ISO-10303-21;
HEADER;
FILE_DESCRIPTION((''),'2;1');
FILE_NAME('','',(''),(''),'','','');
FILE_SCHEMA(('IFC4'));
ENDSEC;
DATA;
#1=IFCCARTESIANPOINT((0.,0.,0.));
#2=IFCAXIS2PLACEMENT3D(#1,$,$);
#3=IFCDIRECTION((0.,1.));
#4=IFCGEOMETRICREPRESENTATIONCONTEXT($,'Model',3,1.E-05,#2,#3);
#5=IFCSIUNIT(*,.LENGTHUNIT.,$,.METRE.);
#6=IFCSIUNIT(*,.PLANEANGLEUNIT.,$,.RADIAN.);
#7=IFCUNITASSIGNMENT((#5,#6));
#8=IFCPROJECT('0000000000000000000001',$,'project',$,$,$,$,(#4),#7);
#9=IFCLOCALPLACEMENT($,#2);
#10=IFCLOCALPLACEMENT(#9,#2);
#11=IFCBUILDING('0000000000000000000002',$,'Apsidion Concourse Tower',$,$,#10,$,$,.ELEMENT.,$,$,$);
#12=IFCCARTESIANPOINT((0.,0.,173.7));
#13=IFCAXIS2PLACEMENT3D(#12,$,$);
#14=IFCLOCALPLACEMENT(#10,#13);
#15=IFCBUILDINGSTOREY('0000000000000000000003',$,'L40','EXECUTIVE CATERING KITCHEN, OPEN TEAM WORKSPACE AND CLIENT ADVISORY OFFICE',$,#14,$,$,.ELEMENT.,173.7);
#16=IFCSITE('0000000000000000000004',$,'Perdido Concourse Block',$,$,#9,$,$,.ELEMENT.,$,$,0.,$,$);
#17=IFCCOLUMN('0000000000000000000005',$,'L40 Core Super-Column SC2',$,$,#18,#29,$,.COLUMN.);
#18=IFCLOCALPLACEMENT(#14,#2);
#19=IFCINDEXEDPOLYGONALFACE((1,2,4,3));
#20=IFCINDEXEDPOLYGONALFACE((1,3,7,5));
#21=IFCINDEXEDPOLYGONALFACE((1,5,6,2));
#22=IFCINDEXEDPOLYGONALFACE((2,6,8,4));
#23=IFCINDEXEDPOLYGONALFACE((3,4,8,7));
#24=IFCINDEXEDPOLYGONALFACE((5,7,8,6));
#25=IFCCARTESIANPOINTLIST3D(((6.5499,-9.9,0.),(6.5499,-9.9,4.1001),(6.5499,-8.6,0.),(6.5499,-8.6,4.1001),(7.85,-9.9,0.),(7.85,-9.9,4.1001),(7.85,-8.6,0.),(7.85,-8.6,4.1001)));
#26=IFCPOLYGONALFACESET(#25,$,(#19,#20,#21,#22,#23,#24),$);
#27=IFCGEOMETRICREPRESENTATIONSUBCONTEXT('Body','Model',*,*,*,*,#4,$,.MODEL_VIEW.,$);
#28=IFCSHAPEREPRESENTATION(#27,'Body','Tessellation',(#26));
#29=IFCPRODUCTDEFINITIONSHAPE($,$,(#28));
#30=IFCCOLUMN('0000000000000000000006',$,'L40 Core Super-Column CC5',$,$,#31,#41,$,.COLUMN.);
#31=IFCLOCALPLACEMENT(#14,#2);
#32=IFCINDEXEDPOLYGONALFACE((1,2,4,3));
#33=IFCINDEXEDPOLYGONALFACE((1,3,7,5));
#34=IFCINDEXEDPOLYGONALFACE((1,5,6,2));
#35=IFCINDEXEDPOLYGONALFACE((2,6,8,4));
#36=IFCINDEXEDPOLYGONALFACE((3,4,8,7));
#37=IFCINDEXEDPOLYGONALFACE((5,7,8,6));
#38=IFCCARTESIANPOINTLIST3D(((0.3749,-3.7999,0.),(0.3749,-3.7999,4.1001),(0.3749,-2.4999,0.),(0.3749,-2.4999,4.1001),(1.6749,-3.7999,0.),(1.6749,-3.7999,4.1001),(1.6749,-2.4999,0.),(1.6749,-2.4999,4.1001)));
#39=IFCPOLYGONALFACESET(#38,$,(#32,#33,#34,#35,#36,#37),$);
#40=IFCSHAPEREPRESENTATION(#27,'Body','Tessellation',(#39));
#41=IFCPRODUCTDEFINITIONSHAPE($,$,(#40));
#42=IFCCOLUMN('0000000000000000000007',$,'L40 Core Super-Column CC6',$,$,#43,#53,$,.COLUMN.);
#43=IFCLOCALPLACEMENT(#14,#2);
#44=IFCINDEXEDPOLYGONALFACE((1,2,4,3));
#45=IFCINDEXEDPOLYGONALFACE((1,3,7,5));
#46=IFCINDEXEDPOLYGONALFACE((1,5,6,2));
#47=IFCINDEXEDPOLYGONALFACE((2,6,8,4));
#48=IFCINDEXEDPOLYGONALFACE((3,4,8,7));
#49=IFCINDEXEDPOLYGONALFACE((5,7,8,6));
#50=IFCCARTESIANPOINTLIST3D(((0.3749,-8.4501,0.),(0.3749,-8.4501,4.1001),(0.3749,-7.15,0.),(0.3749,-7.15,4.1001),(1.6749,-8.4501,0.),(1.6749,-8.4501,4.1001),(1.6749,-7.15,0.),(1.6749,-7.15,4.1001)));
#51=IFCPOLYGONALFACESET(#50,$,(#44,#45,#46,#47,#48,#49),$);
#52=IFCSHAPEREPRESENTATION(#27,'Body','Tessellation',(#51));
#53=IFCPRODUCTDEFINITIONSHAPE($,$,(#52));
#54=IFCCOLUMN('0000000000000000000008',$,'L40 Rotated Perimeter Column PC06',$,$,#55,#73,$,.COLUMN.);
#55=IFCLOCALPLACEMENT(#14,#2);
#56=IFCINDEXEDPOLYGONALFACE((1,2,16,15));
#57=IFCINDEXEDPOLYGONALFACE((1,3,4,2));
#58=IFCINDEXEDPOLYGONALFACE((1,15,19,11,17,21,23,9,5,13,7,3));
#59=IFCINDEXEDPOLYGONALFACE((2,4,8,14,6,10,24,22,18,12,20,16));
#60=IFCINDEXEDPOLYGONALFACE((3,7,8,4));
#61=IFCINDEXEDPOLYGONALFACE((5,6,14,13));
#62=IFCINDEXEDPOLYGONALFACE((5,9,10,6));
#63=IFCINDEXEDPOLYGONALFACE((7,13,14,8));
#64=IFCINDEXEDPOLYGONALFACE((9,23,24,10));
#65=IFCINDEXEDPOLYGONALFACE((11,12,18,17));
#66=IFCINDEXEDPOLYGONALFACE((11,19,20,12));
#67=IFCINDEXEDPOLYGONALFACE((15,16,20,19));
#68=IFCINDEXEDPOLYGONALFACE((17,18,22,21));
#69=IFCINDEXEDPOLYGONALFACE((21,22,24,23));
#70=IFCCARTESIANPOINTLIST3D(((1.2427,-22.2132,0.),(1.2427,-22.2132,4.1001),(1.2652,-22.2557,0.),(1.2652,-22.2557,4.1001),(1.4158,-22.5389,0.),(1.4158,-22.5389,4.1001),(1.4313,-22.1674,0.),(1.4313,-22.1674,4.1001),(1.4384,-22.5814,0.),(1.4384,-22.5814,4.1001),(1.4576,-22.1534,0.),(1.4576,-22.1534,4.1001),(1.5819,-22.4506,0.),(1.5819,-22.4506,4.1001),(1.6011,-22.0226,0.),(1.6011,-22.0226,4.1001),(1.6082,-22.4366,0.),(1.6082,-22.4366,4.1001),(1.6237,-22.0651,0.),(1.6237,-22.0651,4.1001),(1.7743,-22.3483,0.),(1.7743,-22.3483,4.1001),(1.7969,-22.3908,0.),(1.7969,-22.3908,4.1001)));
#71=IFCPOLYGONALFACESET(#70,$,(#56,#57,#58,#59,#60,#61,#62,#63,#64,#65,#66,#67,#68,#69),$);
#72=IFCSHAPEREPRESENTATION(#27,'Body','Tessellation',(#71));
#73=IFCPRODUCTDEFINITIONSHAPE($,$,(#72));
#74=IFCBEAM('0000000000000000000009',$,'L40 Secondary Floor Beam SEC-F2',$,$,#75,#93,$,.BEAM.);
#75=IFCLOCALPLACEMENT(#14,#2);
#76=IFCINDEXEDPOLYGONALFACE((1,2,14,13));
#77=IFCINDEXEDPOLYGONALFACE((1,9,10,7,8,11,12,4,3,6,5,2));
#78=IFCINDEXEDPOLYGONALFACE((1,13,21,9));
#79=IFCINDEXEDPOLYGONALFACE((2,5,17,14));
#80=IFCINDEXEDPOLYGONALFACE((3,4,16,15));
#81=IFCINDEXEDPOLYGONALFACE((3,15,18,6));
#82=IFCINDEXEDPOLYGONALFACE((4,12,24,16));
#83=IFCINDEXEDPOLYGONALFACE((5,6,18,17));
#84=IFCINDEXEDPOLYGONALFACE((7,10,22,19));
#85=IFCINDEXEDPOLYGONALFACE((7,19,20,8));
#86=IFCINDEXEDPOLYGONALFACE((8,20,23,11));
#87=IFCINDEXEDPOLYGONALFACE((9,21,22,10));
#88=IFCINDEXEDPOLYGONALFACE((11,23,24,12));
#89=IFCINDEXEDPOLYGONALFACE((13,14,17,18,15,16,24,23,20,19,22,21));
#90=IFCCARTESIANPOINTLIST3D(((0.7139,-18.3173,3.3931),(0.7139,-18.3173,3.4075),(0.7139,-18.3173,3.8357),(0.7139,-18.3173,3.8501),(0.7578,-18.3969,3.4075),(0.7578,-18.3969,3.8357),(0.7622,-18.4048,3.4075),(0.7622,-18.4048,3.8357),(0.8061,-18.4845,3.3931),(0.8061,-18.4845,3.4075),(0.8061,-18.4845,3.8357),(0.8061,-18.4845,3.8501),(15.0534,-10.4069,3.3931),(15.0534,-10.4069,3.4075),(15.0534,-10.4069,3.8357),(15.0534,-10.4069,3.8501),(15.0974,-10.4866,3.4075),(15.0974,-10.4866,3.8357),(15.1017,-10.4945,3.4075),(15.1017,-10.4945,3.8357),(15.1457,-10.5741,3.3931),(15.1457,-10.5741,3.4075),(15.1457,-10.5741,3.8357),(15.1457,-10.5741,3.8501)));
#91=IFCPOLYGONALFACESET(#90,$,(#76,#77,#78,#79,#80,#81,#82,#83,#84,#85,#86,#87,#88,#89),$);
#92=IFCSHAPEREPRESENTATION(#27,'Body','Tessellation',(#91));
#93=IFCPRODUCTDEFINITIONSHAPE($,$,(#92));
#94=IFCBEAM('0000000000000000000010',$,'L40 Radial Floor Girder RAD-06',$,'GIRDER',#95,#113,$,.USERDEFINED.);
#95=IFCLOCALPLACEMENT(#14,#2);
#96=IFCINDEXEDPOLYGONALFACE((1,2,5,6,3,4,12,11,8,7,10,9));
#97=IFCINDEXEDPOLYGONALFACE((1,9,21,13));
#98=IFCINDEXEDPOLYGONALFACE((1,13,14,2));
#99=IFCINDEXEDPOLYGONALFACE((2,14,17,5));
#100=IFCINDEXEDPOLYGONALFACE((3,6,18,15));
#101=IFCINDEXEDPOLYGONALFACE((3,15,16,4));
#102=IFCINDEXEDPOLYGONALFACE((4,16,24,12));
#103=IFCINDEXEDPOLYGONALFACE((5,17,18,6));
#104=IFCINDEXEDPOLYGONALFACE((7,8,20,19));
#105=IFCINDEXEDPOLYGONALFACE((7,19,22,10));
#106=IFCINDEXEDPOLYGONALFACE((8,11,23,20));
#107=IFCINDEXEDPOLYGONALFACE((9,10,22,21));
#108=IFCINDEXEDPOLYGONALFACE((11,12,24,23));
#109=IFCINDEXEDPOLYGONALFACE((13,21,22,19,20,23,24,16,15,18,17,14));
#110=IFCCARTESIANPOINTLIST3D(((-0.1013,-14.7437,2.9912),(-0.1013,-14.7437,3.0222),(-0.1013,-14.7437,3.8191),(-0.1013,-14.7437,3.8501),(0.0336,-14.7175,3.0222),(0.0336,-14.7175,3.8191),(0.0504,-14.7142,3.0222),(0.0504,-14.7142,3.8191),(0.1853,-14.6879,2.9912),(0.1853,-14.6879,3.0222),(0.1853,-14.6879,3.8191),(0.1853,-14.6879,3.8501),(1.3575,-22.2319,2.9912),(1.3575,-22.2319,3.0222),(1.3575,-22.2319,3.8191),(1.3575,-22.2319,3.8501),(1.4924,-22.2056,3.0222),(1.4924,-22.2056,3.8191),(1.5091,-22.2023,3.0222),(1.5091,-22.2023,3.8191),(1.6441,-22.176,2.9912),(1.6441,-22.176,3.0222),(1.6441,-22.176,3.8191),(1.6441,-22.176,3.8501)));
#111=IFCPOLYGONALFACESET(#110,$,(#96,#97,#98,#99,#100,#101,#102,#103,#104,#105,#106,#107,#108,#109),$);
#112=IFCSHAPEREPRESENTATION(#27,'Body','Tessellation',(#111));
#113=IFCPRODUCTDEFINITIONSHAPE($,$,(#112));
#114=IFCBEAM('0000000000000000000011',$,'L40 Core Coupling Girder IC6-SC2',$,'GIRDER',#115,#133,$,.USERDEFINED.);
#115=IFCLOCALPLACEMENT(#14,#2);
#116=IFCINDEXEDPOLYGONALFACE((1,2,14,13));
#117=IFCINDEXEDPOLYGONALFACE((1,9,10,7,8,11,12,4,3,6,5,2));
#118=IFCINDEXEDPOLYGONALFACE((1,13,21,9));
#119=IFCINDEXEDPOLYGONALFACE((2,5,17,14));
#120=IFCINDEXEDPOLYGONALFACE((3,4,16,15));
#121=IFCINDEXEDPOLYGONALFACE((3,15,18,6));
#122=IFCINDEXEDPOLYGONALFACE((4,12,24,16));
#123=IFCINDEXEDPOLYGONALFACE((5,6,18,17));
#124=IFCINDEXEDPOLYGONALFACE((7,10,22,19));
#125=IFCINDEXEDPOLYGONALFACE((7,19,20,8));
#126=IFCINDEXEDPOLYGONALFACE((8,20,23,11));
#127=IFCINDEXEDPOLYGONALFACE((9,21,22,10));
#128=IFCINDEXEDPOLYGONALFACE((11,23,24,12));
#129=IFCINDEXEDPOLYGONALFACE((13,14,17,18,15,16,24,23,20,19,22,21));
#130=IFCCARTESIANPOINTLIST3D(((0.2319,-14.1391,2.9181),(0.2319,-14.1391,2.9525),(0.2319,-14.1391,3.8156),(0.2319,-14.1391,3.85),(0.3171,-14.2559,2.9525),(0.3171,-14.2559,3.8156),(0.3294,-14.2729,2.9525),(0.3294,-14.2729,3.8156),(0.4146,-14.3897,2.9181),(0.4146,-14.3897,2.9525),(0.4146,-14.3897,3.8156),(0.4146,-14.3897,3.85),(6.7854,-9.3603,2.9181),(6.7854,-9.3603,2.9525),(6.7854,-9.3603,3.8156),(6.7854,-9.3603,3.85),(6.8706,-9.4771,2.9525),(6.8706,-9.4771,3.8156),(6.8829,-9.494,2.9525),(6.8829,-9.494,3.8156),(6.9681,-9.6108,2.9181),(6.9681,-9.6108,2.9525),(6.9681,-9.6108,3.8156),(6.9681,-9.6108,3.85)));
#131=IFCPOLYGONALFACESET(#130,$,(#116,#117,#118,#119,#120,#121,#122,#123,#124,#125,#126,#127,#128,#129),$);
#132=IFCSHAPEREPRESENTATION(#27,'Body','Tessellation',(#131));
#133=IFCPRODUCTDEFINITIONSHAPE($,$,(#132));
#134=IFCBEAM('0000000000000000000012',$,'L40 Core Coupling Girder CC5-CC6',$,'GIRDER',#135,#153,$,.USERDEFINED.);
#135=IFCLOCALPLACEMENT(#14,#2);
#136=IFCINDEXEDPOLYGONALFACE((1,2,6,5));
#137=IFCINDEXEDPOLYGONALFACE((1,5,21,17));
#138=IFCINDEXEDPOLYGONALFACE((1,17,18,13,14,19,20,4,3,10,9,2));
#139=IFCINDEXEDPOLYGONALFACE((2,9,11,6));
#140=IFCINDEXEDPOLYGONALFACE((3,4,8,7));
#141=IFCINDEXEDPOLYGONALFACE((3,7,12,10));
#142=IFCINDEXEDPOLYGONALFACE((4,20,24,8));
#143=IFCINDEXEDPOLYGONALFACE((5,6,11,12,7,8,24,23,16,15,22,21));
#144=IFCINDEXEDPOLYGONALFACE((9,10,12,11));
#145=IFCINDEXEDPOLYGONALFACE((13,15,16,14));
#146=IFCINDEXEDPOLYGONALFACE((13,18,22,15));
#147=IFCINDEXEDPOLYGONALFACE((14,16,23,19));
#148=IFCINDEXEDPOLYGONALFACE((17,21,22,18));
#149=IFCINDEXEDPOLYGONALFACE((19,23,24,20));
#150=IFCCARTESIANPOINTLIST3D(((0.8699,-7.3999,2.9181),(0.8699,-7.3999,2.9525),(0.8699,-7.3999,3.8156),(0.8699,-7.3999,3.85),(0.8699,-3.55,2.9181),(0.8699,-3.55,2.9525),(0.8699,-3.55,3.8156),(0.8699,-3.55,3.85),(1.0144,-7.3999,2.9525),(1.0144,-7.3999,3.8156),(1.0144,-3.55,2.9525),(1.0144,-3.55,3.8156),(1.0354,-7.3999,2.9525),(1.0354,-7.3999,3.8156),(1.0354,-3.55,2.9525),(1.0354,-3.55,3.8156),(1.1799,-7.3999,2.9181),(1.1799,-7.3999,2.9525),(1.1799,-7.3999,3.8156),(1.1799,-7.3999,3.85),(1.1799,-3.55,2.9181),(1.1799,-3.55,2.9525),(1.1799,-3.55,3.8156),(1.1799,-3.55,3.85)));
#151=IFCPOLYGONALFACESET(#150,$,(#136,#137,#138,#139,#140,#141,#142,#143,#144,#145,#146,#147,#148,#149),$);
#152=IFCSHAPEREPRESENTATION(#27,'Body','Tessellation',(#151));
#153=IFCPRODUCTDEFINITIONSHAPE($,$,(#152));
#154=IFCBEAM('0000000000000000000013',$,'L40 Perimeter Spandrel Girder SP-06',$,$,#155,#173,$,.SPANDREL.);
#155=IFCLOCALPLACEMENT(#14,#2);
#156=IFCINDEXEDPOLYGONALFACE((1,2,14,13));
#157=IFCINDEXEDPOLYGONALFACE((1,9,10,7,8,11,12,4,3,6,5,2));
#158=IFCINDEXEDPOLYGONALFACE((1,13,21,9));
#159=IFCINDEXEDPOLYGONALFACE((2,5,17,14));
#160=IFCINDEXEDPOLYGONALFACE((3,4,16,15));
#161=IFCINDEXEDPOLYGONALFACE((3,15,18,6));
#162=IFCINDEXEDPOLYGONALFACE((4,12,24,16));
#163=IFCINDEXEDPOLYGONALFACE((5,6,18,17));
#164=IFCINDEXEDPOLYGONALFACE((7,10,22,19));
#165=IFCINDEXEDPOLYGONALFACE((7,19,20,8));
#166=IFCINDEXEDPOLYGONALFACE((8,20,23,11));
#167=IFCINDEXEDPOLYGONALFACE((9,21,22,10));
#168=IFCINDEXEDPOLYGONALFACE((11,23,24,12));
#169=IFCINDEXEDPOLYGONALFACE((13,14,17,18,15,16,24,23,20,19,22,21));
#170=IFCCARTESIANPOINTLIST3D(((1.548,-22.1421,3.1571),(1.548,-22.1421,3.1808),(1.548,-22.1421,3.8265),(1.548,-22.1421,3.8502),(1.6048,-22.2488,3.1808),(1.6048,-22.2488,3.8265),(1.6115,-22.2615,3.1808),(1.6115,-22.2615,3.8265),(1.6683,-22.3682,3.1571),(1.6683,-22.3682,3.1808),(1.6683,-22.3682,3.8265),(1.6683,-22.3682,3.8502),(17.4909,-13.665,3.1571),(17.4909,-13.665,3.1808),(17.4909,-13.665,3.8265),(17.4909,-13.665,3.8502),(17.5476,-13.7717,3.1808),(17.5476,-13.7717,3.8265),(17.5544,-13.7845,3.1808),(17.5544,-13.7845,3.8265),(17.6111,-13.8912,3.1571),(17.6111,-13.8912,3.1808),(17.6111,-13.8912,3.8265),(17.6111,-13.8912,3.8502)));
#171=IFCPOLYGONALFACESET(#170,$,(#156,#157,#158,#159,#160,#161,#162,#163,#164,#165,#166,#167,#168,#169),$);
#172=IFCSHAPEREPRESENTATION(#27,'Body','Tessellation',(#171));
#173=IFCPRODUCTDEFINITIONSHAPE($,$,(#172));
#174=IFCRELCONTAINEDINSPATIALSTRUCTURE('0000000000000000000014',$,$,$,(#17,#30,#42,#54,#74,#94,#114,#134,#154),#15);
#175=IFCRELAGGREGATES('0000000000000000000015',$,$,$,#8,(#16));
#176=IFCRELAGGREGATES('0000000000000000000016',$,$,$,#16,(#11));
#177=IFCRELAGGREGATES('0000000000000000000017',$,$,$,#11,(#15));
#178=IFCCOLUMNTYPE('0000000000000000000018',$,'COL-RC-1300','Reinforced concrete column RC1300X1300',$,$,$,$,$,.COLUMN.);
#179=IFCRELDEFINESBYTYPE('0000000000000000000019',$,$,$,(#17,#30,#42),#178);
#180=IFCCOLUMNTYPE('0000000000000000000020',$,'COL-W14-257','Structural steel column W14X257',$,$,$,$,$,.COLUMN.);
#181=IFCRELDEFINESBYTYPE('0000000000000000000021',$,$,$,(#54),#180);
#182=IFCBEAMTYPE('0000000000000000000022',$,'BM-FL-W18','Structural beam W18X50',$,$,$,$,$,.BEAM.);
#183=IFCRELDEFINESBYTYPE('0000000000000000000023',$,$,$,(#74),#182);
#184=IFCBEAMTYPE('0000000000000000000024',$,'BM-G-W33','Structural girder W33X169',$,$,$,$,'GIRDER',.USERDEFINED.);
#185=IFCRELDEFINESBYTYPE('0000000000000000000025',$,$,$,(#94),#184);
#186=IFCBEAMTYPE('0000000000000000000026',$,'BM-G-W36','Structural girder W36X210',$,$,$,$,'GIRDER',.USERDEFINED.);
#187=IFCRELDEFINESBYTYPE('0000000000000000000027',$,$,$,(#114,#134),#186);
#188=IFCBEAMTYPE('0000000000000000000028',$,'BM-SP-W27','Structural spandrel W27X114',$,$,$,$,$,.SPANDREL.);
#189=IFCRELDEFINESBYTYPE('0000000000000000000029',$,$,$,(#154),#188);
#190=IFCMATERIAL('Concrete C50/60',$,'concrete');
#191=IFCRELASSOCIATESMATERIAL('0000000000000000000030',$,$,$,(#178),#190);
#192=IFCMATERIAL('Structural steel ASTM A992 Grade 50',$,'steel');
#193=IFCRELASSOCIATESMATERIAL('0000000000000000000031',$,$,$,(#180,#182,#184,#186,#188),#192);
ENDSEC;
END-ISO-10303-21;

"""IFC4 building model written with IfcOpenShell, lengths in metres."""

from ifc_helpers import new_model, si_unit, direction, frame, origin, origin_2d, place, context, subcontext, project, spatial, rectangle, i_section, extrude, material, material_profile, profile_set, type_object, element, save


model = new_model("IFC4")

# Units and contexts
model_context = context("Model", 3, precision=1e-05, world=origin(), true_north=direction((0.0, 1.0)))
body_context = subcontext(model_context, "Body", "Model", "MODEL_VIEW")
ifc_project = project(units=[si_unit("LENGTHUNIT", "METRE"), si_unit("PLANEANGLEUNIT", "RADIAN")], contexts=[model_context])

# Site, building, storey
site_placement = place(None, origin())
site = spatial("IfcSite", under=ifc_project, at=site_placement, Name="Perdido Concourse Block", CompositionType="ELEMENT", RefElevation=0.0)
building_placement = place(site_placement, origin())
building = spatial("IfcBuilding", under=site, at=building_placement, Name="Apsidion Concourse Tower", CompositionType="ELEMENT")
storey_placement = place(building_placement, frame((0.0, 0.0, 173.7)))
storey = spatial("IfcBuildingStorey", under=building, at=storey_placement, Name="L40", Description="EXECUTIVE CATERING KITCHEN, OPEN TEAM WORKSPACE AND CLIENT ADVISORY OFFICE", CompositionType="ELEMENT", Elevation=173.7)

# Columns
ifc_material_1 = material(Name="Concrete C50/60", Category="concrete")
ifc_material_profile_1 = material_profile(ifc_material_1, rectangle(XDim=1.3, YDim=1.3, at=origin_2d()), Name="RC 1300x1300")
ifc_profile_set_1 = profile_set([ifc_material_profile_1], Name="Concrete C50/60")
column_type_1 = type_object("IfcColumnType", Name="COL-RC-1300", Description="Reinforced concrete column RC1300X1300", PredefinedType="COLUMN", material=ifc_profile_set_1)
for number, where, z_axis, x_axis, name in (
    (1, (7.2, -9.25, 0.0), (0.0, 0.0, 1.0), (1.0, 0.0, 0.0), "L40 Core Super-Column SC2"),
    (2, (1.0249, -3.1499, 0.0), (0.0, 0.0, 1.0), (1.0, 0.0, 0.0), "L40 Core Super-Column CC5"),
    (3, (1.0249, -7.8, 0.0), (0.0, 0.0, 1.0), (1.0, 0.0, 0.0), "L40 Core Super-Column CC6"),
):
    element("IfcColumn", number, at=place(storey_placement, frame(where, z_axis=z_axis, x_axis=x_axis)), inside=storey, type_object=column_type_1, Name=name, PredefinedType="COLUMN", context=body_context, shape_type="SweptSolid", body=[
        extrude(rectangle(XDim=1.3, YDim=1.3, at=origin_2d()), origin(), (0.0, 0.0, 1.0), 4.1001),
    ])
ifc_material_2 = material(Name="Structural steel ASTM A992 Grade 50", Category="steel")
ifc_material_profile_2 = material_profile(ifc_material_2, i_section(OverallWidth=0.406, OverallDepth=0.417, WebThickness=0.0298, FlangeThickness=0.0481, at=origin_2d()), Name="W14X257")
ifc_profile_set_2 = profile_set([ifc_material_profile_2], Name="Structural steel ASTM A992 Grade 50")
column_type_2 = type_object("IfcColumnType", Name="COL-W14-257", Description="Structural steel column W14X257", PredefinedType="COLUMN", material=ifc_profile_set_2)
column_placement = place(storey_placement, frame((1.5198, -22.302, 0.0), z_axis=(0.0, 0.0, 1.0), x_axis=(0.882948, 0.469472, 0.0)))
element("IfcColumn", 4, at=column_placement, inside=storey, type_object=column_type_2, Name="L40 Rotated Perimeter Column PC06", PredefinedType="COLUMN", context=body_context, shape_type="SweptSolid", body=[
    extrude(i_section(OverallWidth=0.406, OverallDepth=0.417, WebThickness=0.0298, FlangeThickness=0.0481, at=origin_2d()), origin(), (0.0, 0.0, 1.0), 4.1001),
])

# Beams
ifc_material_profile_3 = material_profile(ifc_material_2, i_section(OverallWidth=0.1909, OverallDepth=0.457, WebThickness=0.009, FlangeThickness=0.0144, at=origin_2d()), Name="W18X50")
ifc_profile_set_3 = profile_set([ifc_material_profile_3], Name="Structural steel ASTM A992 Grade 50")
beam_type_1 = type_object("IfcBeamType", Name="BM-FL-W18", Description="Structural beam W18X50", PredefinedType="BEAM", material=ifc_profile_set_3)
beam_1_placement = place(storey_placement, frame((0.76, -18.4009, 3.6216), z_axis=(0.875606, 0.483026, 0.0), x_axis=(-0.483026, 0.875606, 0.0)))
element("IfcBeam", 5, at=beam_1_placement, inside=storey, type_object=beam_type_1, Name="L40 Secondary Floor Beam SEC-F2", PredefinedType="BEAM", context=body_context, shape_type="SweptSolid", body=[
    extrude(i_section(OverallWidth=0.1909, OverallDepth=0.457, WebThickness=0.009, FlangeThickness=0.0144, at=origin_2d()), origin(), (0.0, 0.0, 1.0), 16.3767),
])
ifc_material_profile_4 = material_profile(ifc_material_2, i_section(OverallWidth=0.292, OverallDepth=0.8589, WebThickness=0.0171, FlangeThickness=0.031, at=origin_2d()), Name="W33X169")
ifc_profile_set_4 = profile_set([ifc_material_profile_4], Name="Structural steel ASTM A992 Grade 50")
beam_type_2 = type_object("IfcBeamType", Name="BM-G-W33", Description="Structural girder W33X169", ElementType="GIRDER", PredefinedType="USERDEFINED", material=ifc_profile_set_4)
beam_2_placement = place(storey_placement, frame((0.042, -14.7158, 3.4207), z_axis=(0.191215, -0.981548, 0.0), x_axis=(0.981548, 0.191215, 0.0)))
element("IfcBeam", 6, at=beam_2_placement, inside=storey, type_object=beam_type_2, Name="L40 Radial Floor Girder RAD-06", ObjectType="GIRDER", PredefinedType="USERDEFINED", context=body_context, shape_type="SweptSolid", body=[
    extrude(i_section(OverallWidth=0.292, OverallDepth=0.8589, WebThickness=0.0171, FlangeThickness=0.031, at=origin_2d()), origin(), (0.0, 0.0, 1.0), 7.6289),
])
ifc_material_profile_5 = material_profile(ifc_material_2, i_section(OverallWidth=0.3101, OverallDepth=0.9319, WebThickness=0.021, FlangeThickness=0.0344, at=origin_2d()), Name="W36X210")
ifc_profile_set_5 = profile_set([ifc_material_profile_5], Name="Structural steel ASTM A992 Grade 50")
beam_type_3 = type_object("IfcBeamType", Name="BM-G-W36", Description="Structural girder W36X210", ElementType="GIRDER", PredefinedType="USERDEFINED", material=ifc_profile_set_5)
beam_3_placement = place(storey_placement, frame((0.3232, -14.2644, 3.384), z_axis=(0.807993, 0.589191, 0.0), x_axis=(-0.589191, 0.807993, 0.0)))
element("IfcBeam", 7, at=beam_3_placement, inside=storey, type_object=beam_type_3, Name="L40 Core Coupling Girder IC6-SC2", ObjectType="GIRDER", PredefinedType="USERDEFINED", context=body_context, shape_type="SweptSolid", body=[
    extrude(i_section(OverallWidth=0.3101, OverallDepth=0.9319, WebThickness=0.021, FlangeThickness=0.0344, at=origin_2d()), origin(), (0.0, 0.0, 1.0), 8.1108),
])
beam_4_placement = place(storey_placement, frame((1.0249, -3.55, 3.384), z_axis=(0.0, -1.0, 0.0), x_axis=(1.0, 0.0, 0.0)))
element("IfcBeam", 8, at=beam_4_placement, inside=storey, type_object=beam_type_3, Name="L40 Core Coupling Girder CC5-CC6", ObjectType="GIRDER", PredefinedType="USERDEFINED", context=body_context, shape_type="SweptSolid", body=[
    extrude(i_section(OverallWidth=0.3101, OverallDepth=0.9319, WebThickness=0.021, FlangeThickness=0.0344, at=origin_2d()), origin(), (0.0, 0.0, 1.0), 3.8499),
])
ifc_material_profile_6 = material_profile(ifc_material_2, i_section(OverallWidth=0.2561, OverallDepth=0.6931, WebThickness=0.0144, FlangeThickness=0.0237, at=origin_2d()), Name="W27X114")
ifc_profile_set_6 = profile_set([ifc_material_profile_6], Name="Structural steel ASTM A992 Grade 50")
beam_type_4 = type_object("IfcBeamType", Name="BM-SP-W27", Description="Structural spandrel W27X114", PredefinedType="SPANDREL", material=ifc_profile_set_6)
beam_5_placement = place(storey_placement, frame((1.6082, -22.2551, 3.5037), z_axis=(0.882946, 0.469475, 0.0), x_axis=(-0.469475, 0.882946, 0.0)))
element("IfcBeam", 9, at=beam_5_placement, inside=storey, type_object=beam_type_4, Name="L40 Perimeter Spandrel Girder SP-06", PredefinedType="SPANDREL", context=body_context, shape_type="SweptSolid", body=[
    extrude(i_section(OverallWidth=0.2561, OverallDepth=0.6931, WebThickness=0.0144, FlangeThickness=0.0237, at=origin_2d()), origin(), (0.0, 0.0, 1.0), 18.0564),
])

save(model, "model.ifc")
